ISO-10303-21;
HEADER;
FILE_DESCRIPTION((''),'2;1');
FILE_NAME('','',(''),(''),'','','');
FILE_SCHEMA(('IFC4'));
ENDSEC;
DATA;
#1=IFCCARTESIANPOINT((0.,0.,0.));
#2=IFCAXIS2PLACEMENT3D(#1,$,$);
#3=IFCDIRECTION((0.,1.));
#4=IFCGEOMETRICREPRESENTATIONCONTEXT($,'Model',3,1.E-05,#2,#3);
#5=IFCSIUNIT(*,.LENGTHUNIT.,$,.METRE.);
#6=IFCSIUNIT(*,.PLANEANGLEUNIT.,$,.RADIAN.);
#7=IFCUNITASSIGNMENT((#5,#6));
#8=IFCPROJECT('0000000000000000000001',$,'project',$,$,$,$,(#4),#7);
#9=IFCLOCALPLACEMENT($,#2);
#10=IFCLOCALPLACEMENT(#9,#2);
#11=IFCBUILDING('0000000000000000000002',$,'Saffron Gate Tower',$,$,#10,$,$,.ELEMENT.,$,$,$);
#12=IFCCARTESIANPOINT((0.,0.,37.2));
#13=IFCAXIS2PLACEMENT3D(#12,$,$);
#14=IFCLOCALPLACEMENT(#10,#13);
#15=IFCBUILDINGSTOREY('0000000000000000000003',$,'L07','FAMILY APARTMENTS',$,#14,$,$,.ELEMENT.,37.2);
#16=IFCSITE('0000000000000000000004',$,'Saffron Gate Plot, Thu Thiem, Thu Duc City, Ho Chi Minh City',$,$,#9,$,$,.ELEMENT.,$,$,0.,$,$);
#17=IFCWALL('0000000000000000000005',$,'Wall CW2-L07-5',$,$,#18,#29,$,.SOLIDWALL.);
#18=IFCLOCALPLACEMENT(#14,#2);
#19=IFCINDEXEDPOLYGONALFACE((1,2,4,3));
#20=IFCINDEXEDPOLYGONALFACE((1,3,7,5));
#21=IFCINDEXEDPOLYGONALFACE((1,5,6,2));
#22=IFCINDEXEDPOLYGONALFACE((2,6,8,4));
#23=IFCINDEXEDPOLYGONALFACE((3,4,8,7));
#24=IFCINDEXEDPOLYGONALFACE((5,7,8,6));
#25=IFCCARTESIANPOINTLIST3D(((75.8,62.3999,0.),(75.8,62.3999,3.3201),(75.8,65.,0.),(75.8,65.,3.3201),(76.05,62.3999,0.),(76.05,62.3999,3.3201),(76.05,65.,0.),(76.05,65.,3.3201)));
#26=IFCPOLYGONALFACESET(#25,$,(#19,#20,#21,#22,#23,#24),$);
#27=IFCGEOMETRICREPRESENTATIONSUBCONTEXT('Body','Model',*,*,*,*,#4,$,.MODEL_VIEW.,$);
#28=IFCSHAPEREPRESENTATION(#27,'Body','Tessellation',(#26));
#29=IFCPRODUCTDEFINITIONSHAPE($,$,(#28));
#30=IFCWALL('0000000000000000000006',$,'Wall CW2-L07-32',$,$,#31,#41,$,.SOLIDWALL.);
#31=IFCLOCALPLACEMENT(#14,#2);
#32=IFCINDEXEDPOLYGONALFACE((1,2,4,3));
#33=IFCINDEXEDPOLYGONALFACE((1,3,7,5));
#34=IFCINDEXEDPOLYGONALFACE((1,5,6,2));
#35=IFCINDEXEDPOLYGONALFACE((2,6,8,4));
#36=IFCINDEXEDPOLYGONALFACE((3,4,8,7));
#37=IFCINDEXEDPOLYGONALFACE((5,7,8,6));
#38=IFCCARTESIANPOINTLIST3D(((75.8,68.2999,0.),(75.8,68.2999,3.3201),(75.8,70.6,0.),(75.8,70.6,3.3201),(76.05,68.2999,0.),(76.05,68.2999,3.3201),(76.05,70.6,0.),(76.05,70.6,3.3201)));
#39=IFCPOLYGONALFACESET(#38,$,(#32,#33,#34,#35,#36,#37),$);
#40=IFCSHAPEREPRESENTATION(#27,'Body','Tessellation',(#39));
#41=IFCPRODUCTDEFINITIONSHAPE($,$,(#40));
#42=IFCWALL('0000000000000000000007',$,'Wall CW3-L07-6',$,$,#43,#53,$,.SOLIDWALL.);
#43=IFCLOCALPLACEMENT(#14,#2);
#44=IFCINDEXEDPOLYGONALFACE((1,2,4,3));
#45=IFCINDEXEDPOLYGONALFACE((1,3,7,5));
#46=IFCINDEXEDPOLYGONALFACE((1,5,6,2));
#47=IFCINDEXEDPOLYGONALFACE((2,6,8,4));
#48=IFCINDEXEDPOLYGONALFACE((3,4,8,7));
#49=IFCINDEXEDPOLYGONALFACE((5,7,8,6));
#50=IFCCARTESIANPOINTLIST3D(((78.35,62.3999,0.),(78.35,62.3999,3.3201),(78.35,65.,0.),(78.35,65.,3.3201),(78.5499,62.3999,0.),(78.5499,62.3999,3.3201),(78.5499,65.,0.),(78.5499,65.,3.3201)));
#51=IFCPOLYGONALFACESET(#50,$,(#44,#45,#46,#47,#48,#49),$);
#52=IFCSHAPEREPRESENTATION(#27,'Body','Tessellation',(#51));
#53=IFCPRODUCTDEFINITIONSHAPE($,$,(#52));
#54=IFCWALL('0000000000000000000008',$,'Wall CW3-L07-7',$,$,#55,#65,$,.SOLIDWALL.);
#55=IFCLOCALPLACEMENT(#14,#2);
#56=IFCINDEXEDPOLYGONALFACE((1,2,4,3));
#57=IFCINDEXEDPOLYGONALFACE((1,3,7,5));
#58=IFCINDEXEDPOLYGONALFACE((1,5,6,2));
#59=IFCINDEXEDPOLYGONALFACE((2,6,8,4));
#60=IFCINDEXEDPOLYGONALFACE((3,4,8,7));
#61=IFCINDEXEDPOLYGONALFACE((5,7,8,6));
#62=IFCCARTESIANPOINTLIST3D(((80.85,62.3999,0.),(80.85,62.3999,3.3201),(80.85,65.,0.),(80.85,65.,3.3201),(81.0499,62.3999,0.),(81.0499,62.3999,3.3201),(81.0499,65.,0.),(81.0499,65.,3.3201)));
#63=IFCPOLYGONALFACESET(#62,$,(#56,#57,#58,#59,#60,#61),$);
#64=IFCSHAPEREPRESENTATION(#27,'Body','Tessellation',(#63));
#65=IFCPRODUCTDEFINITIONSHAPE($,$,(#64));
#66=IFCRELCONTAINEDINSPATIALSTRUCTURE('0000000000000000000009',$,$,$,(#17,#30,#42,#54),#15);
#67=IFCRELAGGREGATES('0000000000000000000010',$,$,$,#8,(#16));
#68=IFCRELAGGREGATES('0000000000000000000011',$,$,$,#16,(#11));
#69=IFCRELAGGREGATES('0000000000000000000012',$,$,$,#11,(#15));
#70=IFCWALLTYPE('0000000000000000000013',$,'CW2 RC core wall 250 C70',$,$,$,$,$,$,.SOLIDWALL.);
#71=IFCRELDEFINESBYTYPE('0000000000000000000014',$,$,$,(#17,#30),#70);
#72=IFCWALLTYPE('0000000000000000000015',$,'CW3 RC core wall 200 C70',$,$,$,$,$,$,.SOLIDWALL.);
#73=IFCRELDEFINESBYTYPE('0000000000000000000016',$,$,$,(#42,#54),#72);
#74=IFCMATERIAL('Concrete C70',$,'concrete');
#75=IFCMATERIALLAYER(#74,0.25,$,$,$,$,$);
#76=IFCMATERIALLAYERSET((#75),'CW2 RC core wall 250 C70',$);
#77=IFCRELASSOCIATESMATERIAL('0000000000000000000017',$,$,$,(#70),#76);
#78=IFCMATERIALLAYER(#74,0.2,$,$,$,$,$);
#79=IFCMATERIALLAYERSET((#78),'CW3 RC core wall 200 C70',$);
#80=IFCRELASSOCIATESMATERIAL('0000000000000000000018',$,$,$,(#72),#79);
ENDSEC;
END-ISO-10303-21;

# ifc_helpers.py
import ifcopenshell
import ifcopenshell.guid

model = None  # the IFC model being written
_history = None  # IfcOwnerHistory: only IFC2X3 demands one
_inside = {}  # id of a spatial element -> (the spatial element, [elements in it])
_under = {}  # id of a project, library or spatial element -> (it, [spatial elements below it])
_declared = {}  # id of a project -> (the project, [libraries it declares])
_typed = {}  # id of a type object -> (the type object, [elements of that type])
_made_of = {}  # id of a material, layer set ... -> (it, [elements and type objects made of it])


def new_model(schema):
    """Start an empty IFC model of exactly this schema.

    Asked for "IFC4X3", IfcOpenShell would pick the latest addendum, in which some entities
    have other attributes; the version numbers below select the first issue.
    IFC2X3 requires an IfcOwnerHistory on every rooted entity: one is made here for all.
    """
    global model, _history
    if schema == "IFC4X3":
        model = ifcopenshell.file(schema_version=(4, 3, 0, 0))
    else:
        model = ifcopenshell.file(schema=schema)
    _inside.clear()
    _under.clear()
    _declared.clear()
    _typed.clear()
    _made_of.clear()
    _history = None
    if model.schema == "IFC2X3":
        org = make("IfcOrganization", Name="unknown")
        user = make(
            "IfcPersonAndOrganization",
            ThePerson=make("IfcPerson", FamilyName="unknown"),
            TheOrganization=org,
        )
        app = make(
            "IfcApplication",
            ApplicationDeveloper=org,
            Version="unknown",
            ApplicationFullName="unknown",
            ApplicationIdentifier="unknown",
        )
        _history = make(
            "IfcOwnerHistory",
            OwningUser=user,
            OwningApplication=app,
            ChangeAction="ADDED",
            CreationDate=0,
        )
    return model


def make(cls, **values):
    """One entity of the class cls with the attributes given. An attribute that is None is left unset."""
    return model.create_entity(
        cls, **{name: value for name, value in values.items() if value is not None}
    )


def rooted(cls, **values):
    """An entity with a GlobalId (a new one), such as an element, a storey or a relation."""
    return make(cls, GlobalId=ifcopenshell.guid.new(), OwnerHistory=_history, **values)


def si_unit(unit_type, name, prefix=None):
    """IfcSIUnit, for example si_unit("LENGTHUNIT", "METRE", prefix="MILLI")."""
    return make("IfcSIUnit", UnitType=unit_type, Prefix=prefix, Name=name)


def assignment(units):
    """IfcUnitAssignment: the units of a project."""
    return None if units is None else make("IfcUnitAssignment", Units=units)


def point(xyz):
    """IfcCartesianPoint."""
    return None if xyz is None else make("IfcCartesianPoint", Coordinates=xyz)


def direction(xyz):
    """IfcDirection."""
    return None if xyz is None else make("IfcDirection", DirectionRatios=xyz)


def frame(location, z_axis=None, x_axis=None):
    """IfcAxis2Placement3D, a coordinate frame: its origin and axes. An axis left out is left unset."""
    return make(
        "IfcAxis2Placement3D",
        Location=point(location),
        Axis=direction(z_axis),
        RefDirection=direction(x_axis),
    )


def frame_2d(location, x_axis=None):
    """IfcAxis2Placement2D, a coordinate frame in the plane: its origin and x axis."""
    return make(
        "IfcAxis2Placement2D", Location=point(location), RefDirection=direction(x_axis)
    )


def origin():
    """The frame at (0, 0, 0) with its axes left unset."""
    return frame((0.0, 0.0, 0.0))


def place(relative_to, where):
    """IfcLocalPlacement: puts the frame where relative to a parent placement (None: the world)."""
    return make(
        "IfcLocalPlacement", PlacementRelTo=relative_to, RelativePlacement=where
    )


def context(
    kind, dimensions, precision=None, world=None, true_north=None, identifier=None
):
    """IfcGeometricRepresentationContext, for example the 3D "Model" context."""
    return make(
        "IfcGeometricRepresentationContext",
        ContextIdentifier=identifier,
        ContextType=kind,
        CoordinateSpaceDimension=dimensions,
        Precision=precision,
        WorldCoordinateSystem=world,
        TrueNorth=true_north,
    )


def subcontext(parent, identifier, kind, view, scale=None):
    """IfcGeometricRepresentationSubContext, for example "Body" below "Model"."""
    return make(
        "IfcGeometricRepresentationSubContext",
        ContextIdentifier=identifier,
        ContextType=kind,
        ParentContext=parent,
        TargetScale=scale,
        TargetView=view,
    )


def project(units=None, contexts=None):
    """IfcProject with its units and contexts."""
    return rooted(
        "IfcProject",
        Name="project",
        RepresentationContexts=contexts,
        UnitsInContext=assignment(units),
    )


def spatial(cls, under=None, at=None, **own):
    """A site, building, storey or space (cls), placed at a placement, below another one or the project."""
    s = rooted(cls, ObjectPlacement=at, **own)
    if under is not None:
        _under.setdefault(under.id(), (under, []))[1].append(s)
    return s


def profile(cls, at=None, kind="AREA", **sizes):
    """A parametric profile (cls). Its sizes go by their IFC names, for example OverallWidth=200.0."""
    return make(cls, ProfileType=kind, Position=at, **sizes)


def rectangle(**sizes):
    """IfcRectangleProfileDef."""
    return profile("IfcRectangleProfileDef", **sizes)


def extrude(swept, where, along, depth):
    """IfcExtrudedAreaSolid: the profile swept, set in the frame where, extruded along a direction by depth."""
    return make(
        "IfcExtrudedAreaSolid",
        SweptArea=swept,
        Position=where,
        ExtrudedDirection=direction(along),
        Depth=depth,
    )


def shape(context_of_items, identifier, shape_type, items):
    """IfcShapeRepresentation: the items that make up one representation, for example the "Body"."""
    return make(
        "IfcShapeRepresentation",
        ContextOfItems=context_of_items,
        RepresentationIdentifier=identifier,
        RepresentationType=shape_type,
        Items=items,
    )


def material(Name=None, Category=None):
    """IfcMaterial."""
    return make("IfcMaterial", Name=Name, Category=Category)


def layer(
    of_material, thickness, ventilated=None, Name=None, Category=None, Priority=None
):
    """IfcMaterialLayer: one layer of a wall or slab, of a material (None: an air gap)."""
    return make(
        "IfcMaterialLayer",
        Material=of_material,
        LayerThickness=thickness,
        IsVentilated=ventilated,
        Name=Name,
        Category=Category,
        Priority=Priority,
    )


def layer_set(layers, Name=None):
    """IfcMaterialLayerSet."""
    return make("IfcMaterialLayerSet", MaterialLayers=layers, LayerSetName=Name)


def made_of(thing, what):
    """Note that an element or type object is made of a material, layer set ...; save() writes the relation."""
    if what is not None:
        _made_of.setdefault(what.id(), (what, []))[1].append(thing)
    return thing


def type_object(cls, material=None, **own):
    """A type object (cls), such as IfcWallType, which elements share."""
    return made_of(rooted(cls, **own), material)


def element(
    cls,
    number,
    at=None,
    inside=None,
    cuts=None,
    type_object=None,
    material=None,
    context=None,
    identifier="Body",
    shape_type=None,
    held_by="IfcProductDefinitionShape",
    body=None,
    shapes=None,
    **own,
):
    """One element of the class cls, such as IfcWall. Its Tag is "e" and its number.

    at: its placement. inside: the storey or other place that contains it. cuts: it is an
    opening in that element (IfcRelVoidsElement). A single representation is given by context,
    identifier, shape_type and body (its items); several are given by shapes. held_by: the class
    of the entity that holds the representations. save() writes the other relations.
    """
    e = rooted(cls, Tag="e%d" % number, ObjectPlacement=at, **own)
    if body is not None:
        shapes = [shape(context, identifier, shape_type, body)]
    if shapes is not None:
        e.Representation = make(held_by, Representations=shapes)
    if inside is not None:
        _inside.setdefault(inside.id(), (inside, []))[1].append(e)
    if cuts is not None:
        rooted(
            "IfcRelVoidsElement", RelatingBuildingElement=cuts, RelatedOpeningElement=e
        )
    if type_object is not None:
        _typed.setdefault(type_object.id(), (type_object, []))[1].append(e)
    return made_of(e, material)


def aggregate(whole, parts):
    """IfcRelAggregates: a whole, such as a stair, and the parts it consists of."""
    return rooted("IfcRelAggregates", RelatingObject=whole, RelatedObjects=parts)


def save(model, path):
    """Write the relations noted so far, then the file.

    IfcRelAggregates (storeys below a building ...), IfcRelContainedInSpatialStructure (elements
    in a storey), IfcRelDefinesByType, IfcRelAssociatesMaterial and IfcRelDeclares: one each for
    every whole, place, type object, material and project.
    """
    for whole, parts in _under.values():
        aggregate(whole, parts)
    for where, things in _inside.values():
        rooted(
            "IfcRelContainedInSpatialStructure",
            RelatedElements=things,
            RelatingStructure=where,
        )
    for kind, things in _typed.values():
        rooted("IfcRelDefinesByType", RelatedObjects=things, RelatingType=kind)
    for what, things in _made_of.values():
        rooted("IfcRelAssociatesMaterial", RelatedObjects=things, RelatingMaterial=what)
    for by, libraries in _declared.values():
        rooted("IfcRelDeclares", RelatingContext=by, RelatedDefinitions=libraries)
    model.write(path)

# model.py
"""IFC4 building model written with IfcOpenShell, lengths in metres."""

from ifc_helpers import new_model, si_unit, direction, frame, frame_2d, origin, place, context, subcontext, project, spatial, rectangle, extrude, material, layer, layer_set, type_object, element, save


model = new_model("IFC4")

# Units and contexts
model_context = context("Model", 3, precision=1e-05, world=origin(), true_north=direction((0.0, 1.0)))
body_context = subcontext(model_context, "Body", "Model", "MODEL_VIEW")
ifc_project = project(units=[si_unit("LENGTHUNIT", "METRE"), si_unit("PLANEANGLEUNIT", "RADIAN")], contexts=[model_context])

# Site, building, storey
site_placement = place(None, origin())
site = spatial("IfcSite", under=ifc_project, at=site_placement, Name="Saffron Gate Plot, Thu Thiem, Thu Duc City, Ho Chi Minh City", CompositionType="ELEMENT", RefElevation=0.0)
building_placement = place(site_placement, origin())
building = spatial("IfcBuilding", under=site, at=building_placement, Name="Saffron Gate Tower", CompositionType="ELEMENT")
storey_placement = place(building_placement, frame((0.0, 0.0, 37.2)))
storey = spatial("IfcBuildingStorey", under=building, at=storey_placement, Name="L07", Description="FAMILY APARTMENTS", CompositionType="ELEMENT", Elevation=37.2)

# Walls
ifc_material_1 = material(Name="Concrete C70", Category="concrete")
ifc_layer_1 = layer(ifc_material_1, 0.25)
ifc_layer_set_1 = layer_set([ifc_layer_1], Name="CW2 RC core wall 250 C70")
wall_type_1 = type_object("IfcWallType", Name="CW2 RC core wall 250 C70", PredefinedType="SOLIDWALL", material=ifc_layer_set_1)
wall_1_placement = place(storey_placement, frame((75.925, 62.3999, 0.0), z_axis=(0.0, 0.0, 1.0), x_axis=(0.0, 1.0, 0.0)))
element("IfcWall", 1, at=wall_1_placement, inside=storey, type_object=wall_type_1, Name="Wall CW2-L07-5", PredefinedType="SOLIDWALL", context=body_context, shape_type="SweptSolid", body=[
    extrude(rectangle(XDim=2.6001, YDim=0.25, at=frame_2d((1.3, 0.0))), origin(), (0.0, 0.0, 1.0), 3.3201),
])
wall_2_placement = place(storey_placement, frame((75.925, 68.3, 0.0), z_axis=(0.0, 0.0, 1.0), x_axis=(0.0, 1.0, 0.0)))
element("IfcWall", 2, at=wall_2_placement, inside=storey, type_object=wall_type_1, Name="Wall CW2-L07-32", PredefinedType="SOLIDWALL", context=body_context, shape_type="SweptSolid", body=[
    extrude(rectangle(XDim=2.3, YDim=0.25, at=frame_2d((1.1499, 0.0))), origin(), (0.0, 0.0, 1.0), 3.3201),
])
ifc_layer_2 = layer(ifc_material_1, 0.2)
ifc_layer_set_2 = layer_set([ifc_layer_2], Name="CW3 RC core wall 200 C70")
wall_type_2 = type_object("IfcWallType", Name="CW3 RC core wall 200 C70", PredefinedType="SOLIDWALL", material=ifc_layer_set_2)
for number, where, z_axis, x_axis, name in (
    (3, (78.45, 62.3999, 0.0), (0.0, 0.0, 1.0), (0.0, 1.0, 0.0), "Wall CW3-L07-6"),
    (4, (80.95, 62.3999, 0.0), (0.0, 0.0, 1.0), (0.0, 1.0, 0.0), "Wall CW3-L07-7"),
):
    element("IfcWall", number, at=place(storey_placement, frame(where, z_axis=z_axis, x_axis=x_axis)), inside=storey, type_object=wall_type_2, Name=name, PredefinedType="SOLIDWALL", context=body_context, shape_type="SweptSolid", body=[
        extrude(rectangle(XDim=2.6001, YDim=0.2, at=frame_2d((1.3, 0.0))), origin(), (0.0, 0.0, 1.0), 3.3201),
    ])

save(model, "model.ifc")
